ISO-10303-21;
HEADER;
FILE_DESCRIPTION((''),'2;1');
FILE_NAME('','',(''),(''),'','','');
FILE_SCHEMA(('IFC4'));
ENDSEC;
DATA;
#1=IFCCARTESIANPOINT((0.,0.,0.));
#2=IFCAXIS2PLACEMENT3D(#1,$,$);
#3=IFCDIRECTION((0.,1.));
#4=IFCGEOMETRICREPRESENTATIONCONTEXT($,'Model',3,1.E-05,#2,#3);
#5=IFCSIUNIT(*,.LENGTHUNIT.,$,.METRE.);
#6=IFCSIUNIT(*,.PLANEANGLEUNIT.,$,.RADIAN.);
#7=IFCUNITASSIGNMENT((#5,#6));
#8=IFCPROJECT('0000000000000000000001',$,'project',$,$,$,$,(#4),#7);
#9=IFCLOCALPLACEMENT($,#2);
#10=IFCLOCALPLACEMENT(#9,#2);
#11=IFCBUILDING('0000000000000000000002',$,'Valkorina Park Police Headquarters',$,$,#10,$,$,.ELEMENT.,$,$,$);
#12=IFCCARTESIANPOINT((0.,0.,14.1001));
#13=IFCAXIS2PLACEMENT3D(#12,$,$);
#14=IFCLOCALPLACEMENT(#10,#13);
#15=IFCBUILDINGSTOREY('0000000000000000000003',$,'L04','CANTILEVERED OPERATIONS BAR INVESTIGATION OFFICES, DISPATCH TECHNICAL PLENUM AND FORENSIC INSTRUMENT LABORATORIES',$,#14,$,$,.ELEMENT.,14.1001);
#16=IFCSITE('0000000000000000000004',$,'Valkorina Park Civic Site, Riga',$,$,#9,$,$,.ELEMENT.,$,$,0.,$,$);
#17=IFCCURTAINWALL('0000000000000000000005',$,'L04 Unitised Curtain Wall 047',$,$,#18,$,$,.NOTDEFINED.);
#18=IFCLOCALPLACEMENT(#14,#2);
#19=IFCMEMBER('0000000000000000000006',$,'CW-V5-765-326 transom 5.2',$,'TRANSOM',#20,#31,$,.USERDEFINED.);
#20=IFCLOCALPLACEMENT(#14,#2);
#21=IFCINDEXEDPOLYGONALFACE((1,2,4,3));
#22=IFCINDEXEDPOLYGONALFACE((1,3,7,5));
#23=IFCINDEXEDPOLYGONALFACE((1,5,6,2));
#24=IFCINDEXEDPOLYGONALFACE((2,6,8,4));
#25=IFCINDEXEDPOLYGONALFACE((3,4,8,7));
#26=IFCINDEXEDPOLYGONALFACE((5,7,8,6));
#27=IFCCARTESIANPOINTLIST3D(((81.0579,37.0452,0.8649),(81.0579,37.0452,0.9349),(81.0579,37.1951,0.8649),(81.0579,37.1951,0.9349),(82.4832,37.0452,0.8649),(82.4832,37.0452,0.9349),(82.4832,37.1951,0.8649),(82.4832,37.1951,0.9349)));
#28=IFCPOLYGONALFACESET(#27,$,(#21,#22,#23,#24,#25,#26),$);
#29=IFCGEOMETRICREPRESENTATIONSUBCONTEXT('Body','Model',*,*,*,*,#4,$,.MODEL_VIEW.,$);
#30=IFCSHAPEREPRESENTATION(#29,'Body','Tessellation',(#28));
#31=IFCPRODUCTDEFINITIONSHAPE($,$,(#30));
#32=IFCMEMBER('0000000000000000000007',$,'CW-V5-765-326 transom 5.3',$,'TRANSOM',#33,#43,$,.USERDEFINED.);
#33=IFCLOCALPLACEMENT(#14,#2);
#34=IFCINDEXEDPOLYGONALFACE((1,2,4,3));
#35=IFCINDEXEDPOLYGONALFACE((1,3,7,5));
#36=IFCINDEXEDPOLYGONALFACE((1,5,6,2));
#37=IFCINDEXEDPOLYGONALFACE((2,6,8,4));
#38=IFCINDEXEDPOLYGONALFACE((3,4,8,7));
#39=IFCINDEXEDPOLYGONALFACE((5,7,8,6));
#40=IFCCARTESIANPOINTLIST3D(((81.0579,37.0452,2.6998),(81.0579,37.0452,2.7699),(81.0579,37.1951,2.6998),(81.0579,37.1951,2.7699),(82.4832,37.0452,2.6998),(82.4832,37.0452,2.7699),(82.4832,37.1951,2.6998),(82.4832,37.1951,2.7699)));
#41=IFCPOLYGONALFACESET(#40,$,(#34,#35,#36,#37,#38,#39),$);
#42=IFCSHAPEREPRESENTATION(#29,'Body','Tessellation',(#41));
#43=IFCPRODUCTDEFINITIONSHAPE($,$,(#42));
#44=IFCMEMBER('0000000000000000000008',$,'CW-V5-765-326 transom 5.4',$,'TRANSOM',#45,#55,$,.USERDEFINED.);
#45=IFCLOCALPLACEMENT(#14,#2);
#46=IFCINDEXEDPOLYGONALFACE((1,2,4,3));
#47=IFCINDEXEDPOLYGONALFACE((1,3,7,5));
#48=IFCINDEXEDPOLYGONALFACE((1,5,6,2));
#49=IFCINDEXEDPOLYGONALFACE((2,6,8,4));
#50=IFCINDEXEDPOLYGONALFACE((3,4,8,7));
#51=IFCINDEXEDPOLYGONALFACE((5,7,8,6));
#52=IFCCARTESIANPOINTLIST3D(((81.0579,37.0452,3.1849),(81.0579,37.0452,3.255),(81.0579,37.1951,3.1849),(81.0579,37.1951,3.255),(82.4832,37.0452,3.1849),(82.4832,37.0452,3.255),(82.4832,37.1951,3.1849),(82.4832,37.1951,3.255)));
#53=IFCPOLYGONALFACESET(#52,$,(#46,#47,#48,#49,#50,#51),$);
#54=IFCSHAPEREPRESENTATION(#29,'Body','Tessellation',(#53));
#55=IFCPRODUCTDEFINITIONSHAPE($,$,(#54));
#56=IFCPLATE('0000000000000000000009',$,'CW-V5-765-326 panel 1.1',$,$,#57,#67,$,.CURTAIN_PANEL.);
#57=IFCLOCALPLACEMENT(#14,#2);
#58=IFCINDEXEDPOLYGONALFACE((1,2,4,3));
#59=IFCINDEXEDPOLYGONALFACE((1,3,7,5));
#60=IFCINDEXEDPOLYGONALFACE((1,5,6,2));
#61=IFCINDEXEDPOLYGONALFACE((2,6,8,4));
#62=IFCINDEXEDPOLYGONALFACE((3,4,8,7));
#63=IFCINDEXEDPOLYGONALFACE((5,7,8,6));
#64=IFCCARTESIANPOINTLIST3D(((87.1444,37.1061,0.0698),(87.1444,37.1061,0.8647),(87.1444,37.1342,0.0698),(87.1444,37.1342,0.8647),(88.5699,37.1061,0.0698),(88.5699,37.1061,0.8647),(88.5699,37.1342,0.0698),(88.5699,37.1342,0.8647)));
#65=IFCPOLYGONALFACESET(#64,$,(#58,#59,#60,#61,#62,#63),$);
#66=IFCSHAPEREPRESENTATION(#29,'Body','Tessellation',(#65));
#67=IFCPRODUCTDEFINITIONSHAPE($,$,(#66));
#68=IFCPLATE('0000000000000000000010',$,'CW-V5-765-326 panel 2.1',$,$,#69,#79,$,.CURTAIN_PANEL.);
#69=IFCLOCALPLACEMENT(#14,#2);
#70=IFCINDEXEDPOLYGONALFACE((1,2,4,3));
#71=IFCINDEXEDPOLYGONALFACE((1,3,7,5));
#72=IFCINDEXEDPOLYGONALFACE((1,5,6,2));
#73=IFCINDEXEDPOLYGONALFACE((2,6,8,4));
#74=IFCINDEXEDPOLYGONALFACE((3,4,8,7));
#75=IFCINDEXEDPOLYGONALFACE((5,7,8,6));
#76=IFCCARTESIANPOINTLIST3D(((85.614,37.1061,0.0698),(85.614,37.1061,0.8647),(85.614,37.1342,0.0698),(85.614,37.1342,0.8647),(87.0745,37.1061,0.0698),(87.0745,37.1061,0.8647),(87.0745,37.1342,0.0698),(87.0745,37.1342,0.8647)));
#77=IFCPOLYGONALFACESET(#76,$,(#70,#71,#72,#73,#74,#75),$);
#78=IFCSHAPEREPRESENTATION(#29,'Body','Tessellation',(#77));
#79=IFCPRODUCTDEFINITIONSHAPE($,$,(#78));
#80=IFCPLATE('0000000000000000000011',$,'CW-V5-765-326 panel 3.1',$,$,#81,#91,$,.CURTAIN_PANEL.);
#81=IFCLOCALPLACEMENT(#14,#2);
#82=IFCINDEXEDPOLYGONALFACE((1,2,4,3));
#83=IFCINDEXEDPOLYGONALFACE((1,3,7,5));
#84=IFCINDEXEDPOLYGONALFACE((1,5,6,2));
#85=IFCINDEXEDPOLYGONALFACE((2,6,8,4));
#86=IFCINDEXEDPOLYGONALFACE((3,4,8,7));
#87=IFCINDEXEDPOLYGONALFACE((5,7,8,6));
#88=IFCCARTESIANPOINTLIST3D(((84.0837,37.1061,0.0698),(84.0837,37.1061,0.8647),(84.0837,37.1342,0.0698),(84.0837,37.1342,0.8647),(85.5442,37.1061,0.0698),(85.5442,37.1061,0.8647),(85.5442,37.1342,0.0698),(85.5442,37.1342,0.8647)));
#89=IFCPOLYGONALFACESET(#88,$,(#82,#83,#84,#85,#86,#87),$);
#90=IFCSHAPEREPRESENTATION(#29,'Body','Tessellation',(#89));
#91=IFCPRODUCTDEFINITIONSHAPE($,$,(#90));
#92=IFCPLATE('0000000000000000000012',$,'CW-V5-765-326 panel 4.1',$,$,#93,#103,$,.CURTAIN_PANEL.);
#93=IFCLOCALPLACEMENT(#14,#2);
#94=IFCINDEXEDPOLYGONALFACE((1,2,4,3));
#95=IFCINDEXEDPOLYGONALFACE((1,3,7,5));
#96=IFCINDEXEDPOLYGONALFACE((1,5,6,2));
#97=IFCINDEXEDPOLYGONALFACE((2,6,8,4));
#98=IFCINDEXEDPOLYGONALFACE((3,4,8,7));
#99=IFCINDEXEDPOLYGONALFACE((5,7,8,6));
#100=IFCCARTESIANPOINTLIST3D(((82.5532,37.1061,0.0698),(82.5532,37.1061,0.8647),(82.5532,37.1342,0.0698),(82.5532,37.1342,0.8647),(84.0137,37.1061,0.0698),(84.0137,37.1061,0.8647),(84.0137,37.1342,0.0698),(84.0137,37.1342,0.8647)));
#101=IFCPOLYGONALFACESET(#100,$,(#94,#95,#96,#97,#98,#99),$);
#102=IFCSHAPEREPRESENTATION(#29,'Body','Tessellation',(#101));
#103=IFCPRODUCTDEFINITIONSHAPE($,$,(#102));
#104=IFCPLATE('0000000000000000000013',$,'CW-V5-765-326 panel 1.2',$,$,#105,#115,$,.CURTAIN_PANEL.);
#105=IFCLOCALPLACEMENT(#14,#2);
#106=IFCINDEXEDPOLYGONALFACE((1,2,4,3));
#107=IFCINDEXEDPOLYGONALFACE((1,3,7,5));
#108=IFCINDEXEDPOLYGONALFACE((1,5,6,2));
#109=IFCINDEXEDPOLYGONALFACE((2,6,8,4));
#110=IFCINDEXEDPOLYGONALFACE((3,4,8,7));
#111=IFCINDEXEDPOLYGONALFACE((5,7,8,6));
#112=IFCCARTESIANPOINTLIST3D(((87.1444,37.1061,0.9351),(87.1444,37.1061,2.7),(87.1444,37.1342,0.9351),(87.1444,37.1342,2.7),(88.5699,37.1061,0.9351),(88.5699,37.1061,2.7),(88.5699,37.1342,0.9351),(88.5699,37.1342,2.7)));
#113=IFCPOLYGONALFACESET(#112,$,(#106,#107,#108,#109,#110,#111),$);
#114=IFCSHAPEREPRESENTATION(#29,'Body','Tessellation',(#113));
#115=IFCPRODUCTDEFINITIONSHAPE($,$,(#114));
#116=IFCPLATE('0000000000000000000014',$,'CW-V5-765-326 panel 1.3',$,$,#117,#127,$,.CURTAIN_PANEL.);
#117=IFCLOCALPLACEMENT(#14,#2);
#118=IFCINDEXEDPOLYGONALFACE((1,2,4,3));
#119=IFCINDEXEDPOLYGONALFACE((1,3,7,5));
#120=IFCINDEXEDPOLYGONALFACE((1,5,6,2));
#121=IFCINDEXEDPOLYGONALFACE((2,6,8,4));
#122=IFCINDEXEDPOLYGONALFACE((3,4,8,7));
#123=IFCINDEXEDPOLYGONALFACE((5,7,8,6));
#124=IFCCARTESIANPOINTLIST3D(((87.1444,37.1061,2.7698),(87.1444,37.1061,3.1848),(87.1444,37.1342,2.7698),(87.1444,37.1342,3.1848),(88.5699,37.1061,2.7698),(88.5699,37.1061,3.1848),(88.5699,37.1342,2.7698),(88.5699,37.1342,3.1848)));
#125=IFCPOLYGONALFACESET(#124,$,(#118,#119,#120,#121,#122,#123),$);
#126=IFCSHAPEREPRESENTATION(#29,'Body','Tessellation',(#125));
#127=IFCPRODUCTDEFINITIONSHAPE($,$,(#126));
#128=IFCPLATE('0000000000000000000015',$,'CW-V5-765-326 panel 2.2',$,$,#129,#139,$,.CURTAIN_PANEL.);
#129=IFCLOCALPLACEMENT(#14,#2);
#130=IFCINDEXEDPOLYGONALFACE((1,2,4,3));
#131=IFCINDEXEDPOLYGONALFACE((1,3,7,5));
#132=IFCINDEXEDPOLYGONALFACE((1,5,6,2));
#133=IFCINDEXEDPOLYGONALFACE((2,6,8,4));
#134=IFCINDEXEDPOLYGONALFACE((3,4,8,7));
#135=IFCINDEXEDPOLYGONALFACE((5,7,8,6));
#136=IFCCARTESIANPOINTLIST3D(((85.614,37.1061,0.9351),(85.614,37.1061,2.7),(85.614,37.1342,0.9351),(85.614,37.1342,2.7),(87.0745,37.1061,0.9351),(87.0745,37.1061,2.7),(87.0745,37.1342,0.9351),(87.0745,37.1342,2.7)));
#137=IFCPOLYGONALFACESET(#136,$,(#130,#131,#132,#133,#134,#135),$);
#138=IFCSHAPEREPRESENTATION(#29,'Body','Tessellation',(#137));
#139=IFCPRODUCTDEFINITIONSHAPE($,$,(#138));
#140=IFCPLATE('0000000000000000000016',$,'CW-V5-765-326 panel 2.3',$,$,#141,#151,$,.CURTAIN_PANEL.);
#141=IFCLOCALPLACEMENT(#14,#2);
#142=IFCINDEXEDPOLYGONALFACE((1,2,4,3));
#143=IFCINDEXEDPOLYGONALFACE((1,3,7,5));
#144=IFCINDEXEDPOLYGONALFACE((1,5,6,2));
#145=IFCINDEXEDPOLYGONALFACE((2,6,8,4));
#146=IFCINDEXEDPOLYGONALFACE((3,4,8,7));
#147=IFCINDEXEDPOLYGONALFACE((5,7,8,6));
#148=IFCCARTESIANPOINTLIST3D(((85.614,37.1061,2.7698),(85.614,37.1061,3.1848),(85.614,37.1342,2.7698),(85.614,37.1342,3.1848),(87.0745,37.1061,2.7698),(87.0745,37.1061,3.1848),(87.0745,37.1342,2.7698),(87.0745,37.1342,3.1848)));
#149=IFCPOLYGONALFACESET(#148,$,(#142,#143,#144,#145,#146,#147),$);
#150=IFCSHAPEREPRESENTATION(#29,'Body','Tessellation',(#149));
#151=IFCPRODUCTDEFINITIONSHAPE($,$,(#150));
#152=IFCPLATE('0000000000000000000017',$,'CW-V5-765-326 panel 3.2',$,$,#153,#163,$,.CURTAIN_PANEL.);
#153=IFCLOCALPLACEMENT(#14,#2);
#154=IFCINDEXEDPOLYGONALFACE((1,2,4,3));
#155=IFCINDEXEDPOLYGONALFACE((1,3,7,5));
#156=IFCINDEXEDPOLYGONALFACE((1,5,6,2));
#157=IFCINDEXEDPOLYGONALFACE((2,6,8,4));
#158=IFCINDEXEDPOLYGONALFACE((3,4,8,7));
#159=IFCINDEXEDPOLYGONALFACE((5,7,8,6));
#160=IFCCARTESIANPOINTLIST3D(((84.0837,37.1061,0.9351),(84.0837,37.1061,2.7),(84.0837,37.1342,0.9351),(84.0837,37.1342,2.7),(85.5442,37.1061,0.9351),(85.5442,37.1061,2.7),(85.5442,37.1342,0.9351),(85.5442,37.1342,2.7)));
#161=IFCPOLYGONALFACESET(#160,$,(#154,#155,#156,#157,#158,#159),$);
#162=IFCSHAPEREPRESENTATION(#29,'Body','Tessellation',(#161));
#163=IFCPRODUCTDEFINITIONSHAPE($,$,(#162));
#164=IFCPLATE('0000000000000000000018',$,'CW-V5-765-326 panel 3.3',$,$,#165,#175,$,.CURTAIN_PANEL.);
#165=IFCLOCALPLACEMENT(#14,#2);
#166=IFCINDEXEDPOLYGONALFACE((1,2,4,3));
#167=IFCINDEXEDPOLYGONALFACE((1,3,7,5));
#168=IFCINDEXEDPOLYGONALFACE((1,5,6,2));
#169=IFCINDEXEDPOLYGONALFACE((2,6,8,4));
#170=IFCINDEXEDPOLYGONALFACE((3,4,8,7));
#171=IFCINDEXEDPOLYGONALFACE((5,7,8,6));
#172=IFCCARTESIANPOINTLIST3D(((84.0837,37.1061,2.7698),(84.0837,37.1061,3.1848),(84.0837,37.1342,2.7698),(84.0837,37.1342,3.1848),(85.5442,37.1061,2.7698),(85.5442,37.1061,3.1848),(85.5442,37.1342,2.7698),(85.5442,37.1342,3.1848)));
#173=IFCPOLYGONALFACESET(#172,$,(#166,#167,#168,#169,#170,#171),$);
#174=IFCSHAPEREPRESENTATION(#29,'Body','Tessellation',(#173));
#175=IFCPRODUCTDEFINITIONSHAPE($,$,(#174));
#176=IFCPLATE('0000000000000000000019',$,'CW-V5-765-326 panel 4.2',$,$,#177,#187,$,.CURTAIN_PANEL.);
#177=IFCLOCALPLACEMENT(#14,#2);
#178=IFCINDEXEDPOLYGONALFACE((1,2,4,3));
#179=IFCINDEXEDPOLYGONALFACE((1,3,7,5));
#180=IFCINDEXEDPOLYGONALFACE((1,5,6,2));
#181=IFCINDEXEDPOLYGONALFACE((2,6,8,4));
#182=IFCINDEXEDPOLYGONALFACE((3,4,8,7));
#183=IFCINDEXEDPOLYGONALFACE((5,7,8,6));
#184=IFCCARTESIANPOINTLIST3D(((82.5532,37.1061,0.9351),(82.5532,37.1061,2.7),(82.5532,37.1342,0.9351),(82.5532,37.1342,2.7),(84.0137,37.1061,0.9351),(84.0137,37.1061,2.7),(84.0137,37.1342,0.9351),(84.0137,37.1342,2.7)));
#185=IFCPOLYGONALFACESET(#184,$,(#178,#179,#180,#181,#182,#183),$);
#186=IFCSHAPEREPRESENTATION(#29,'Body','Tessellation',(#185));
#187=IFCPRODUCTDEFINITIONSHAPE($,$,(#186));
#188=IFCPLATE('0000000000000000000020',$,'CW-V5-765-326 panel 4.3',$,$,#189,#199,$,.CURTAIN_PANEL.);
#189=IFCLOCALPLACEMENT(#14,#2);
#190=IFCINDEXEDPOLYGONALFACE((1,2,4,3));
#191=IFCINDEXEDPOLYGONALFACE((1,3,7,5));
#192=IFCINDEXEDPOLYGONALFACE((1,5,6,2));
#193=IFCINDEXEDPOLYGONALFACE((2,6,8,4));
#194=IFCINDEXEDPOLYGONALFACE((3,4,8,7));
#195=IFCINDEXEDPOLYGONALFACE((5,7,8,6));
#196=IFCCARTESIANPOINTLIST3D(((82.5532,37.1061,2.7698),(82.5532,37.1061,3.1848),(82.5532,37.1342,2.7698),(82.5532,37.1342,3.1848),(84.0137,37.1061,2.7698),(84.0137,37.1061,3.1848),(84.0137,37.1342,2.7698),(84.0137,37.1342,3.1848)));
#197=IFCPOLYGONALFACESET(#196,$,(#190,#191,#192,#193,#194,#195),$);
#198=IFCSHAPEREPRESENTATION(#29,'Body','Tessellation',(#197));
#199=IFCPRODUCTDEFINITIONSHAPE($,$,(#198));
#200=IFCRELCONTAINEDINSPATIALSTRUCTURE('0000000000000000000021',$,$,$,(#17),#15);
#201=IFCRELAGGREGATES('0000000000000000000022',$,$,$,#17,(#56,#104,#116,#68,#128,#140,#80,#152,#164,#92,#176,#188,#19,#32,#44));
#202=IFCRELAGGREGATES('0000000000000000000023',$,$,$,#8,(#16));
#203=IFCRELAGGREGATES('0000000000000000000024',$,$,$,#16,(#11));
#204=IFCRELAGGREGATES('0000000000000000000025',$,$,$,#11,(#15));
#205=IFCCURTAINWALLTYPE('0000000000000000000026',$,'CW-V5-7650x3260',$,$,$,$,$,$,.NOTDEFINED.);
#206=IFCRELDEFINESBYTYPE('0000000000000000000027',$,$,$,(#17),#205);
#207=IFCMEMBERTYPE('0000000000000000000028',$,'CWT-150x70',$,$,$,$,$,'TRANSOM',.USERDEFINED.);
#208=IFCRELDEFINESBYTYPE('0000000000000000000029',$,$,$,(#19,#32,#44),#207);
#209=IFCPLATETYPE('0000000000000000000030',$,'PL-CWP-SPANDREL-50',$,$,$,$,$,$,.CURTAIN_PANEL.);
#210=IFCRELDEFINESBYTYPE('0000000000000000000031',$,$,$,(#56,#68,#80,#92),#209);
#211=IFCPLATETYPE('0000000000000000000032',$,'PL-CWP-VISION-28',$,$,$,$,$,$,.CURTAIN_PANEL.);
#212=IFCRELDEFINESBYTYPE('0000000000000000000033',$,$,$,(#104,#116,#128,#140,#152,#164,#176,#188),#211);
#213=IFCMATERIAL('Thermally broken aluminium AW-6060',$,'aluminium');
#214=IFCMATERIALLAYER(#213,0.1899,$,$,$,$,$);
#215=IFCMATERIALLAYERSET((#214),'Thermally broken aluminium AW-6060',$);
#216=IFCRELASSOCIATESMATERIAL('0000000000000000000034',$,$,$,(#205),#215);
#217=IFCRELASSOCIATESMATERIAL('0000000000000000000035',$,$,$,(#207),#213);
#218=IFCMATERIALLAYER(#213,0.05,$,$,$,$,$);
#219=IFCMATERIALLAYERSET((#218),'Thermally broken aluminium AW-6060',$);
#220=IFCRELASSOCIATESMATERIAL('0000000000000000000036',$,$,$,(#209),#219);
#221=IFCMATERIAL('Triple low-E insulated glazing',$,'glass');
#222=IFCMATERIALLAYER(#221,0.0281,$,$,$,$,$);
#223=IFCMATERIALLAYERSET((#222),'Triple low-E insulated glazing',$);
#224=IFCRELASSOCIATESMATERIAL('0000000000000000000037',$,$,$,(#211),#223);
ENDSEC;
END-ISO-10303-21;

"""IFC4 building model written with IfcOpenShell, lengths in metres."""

from ifc_helpers import new_model, si_unit, direction, frame, origin, origin_2d, place, context, subcontext, project, spatial, rectangle, extrude, material, layer, layer_set, material_profile, profile_set, type_object, element, aggregate, save


model = new_model("IFC4")

# Units and contexts
model_context = context("Model", 3, precision=1e-05, world=origin(), true_north=direction((0.0, 1.0)))
body_context = subcontext(model_context, "Body", "Model", "MODEL_VIEW")
ifc_project = project(units=[si_unit("LENGTHUNIT", "METRE"), si_unit("PLANEANGLEUNIT", "RADIAN")], contexts=[model_context])

# Site, building, storey
site_placement = place(None, origin())
site = spatial("IfcSite", under=ifc_project, at=site_placement, Name="Valkorina Park Civic Site, Riga", CompositionType="ELEMENT", RefElevation=0.0)
building_placement = place(site_placement, origin())
building = spatial("IfcBuilding", under=site, at=building_placement, Name="Valkorina Park Police Headquarters", CompositionType="ELEMENT")
storey_placement = place(building_placement, frame((0.0, 0.0, 14.1001)))
storey = spatial("IfcBuildingStorey", under=building, at=storey_placement, Name="L04", Description="CANTILEVERED OPERATIONS BAR INVESTIGATION OFFICES, DISPATCH TECHNICAL PLENUM AND FORENSIC INSTRUMENT LABORATORIES", CompositionType="ELEMENT", Elevation=14.1001)

# Curtain wall, members, plates
ifc_material_1 = material(Name="Thermally broken aluminium AW-6060", Category="aluminium")
ifc_layer_1 = layer(ifc_material_1, 0.1899)
ifc_layer_set_1 = layer_set([ifc_layer_1], Name="Thermally broken aluminium AW-6060")
curtain_wall_type = type_object("IfcCurtainWallType", Name="CW-V5-7650x3260", PredefinedType="NOTDEFINED", material=ifc_layer_set_1)
curtain_wall_placement = place(storey_placement, origin())
curtain_wall = element("IfcCurtainWall", 1, at=curtain_wall_placement, inside=storey, type_object=curtain_wall_type, Name="L04 Unitised Curtain Wall 047", PredefinedType="NOTDEFINED")
ifc_material_profile_1 = material_profile(ifc_material_1, rectangle(XDim=0.1499, YDim=0.0701, at=origin_2d()), Name="CWT-02 150x70")
ifc_profile_set_1 = profile_set([ifc_material_profile_1], Name="Thermally broken aluminium AW-6060")
member_type_1 = type_object("IfcMemberType", Name="CWT-150x70", ElementType="TRANSOM", PredefinedType="USERDEFINED", material=ifc_profile_set_1)
member_1_placement = place(storey_placement, frame((82.4832, 37.1201, 0.8999), z_axis=(-1.0, 0.0, 0.0), x_axis=(0.0, -1.0, 0.0)))
member_1 = element("IfcMember", 2, at=member_1_placement, type_object=member_type_1, Name="CW-V5-765-326 transom 5.2", ObjectType="TRANSOM", PredefinedType="USERDEFINED", context=body_context, shape_type="SweptSolid", body=[
    extrude(rectangle(XDim=0.1499, YDim=0.0701, at=origin_2d()), origin(), (0.0, 0.0, 1.0), 1.4253),
])
member_2_placement = place(storey_placement, frame((82.4832, 37.1201, 2.7349), z_axis=(-1.0, 0.0, 0.0), x_axis=(0.0, -1.0, 0.0)))
member_2 = element("IfcMember", 3, at=member_2_placement, type_object=member_type_1, Name="CW-V5-765-326 transom 5.3", ObjectType="TRANSOM", PredefinedType="USERDEFINED", context=body_context, shape_type="SweptSolid", body=[
    extrude(rectangle(XDim=0.1499, YDim=0.0701, at=origin_2d()), origin(), (0.0, 0.0, 1.0), 1.4253),
])
member_3_placement = place(storey_placement, frame((82.4832, 37.1201, 3.22), z_axis=(-1.0, 0.0, 0.0), x_axis=(0.0, -1.0, 0.0)))
member_3 = element("IfcMember", 4, at=member_3_placement, type_object=member_type_1, Name="CW-V5-765-326 transom 5.4", ObjectType="TRANSOM", PredefinedType="USERDEFINED", context=body_context, shape_type="SweptSolid", body=[
    extrude(rectangle(XDim=0.1499, YDim=0.0701, at=origin_2d()), origin(), (0.0, 0.0, 1.0), 1.4253),
])
ifc_layer_2 = layer(ifc_material_1, 0.05)
ifc_layer_set_2 = layer_set([ifc_layer_2], Name="Thermally broken aluminium AW-6060")
plate_type_1 = type_object("IfcPlateType", Name="PL-CWP-SPANDREL-50", PredefinedType="CURTAIN_PANEL", material=ifc_layer_set_2)
plate_1_placement = place(storey_placement, frame((87.8572, 37.1201, 0.0698), z_axis=(0.0, 0.0, 1.0), x_axis=(-1.0, 0.0, 0.0)))
plate_1 = element("IfcPlate", 5, at=plate_1_placement, type_object=plate_type_1, Name="CW-V5-765-326 panel 1.1", PredefinedType="CURTAIN_PANEL", context=body_context, shape_type="SweptSolid", body=[
    extrude(rectangle(XDim=1.4255, YDim=0.0281, at=origin_2d()), origin(), (0.0, 0.0, 1.0), 0.7949),
])
plate_2_placement = place(storey_placement, frame((86.3442, 37.1201, 0.0698), z_axis=(0.0, 0.0, 1.0), x_axis=(-1.0, 0.0, 0.0)))
plate_2 = element("IfcPlate", 6, at=plate_2_placement, type_object=plate_type_1, Name="CW-V5-765-326 panel 2.1", PredefinedType="CURTAIN_PANEL", context=body_context, shape_type="SweptSolid", body=[
    extrude(rectangle(XDim=1.4604, YDim=0.0281, at=origin_2d()), origin(), (0.0, 0.0, 1.0), 0.7949),
])
plate_3_placement = place(storey_placement, frame((84.814, 37.1201, 0.0698), z_axis=(0.0, 0.0, 1.0), x_axis=(-1.0, 0.0, 0.0)))
plate_3 = element("IfcPlate", 7, at=plate_3_placement, type_object=plate_type_1, Name="CW-V5-765-326 panel 3.1", PredefinedType="CURTAIN_PANEL", context=body_context, shape_type="SweptSolid", body=[
    extrude(rectangle(XDim=1.4604, YDim=0.0281, at=origin_2d()), origin(), (0.0, 0.0, 1.0), 0.7949),
])
plate_4_placement = place(storey_placement, frame((83.2834, 37.1201, 0.0698), z_axis=(0.0, 0.0, 1.0), x_axis=(-1.0, 0.0, 0.0)))
plate_4 = element("IfcPlate", 8, at=plate_4_placement, type_object=plate_type_1, Name="CW-V5-765-326 panel 4.1", PredefinedType="CURTAIN_PANEL", context=body_context, shape_type="SweptSolid", body=[
    extrude(rectangle(XDim=1.4604, YDim=0.0281, at=origin_2d()), origin(), (0.0, 0.0, 1.0), 0.7949),
])
ifc_material_2 = material(Name="Triple low-E insulated glazing", Category="glass")
ifc_layer_3 = layer(ifc_material_2, 0.0281)
ifc_layer_set_3 = layer_set([ifc_layer_3], Name="Triple low-E insulated glazing")
plate_type_2 = type_object("IfcPlateType", Name="PL-CWP-VISION-28", PredefinedType="CURTAIN_PANEL", material=ifc_layer_set_3)
plate_5_placement = place(storey_placement, frame((87.8572, 37.1201, 0.9351), z_axis=(0.0, 0.0, 1.0), x_axis=(-1.0, 0.0, 0.0)))
plate_5 = element("IfcPlate", 9, at=plate_5_placement, type_object=plate_type_2, Name="CW-V5-765-326 panel 1.2", PredefinedType="CURTAIN_PANEL", context=body_context, shape_type="SweptSolid", body=[
    extrude(rectangle(XDim=1.4255, YDim=0.0281, at=origin_2d()), origin(), (0.0, 0.0, 1.0), 1.7649),
])
plate_6_placement = place(storey_placement, frame((87.8572, 37.1201, 2.7698), z_axis=(0.0, 0.0, 1.0), x_axis=(-1.0, 0.0, 0.0)))
plate_6 = element("IfcPlate", 10, at=plate_6_placement, type_object=plate_type_2, Name="CW-V5-765-326 panel 1.3", PredefinedType="CURTAIN_PANEL", context=body_context, shape_type="SweptSolid", body=[
    extrude(rectangle(XDim=1.4255, YDim=0.0281, at=origin_2d()), origin(), (0.0, 0.0, 1.0), 0.415),
])
plate_7_placement = place(storey_placement, frame((86.3442, 37.1201, 0.9351), z_axis=(0.0, 0.0, 1.0), x_axis=(-1.0, 0.0, 0.0)))
plate_7 = element("IfcPlate", 11, at=plate_7_placement, type_object=plate_type_2, Name="CW-V5-765-326 panel 2.2", PredefinedType="CURTAIN_PANEL", context=body_context, shape_type="SweptSolid", body=[
    extrude(rectangle(XDim=1.4604, YDim=0.0281, at=origin_2d()), origin(), (0.0, 0.0, 1.0), 1.7649),
])
plate_8_placement = place(storey_placement, frame((86.3442, 37.1201, 2.7698), z_axis=(0.0, 0.0, 1.0), x_axis=(-1.0, 0.0, 0.0)))
plate_8 = element("IfcPlate", 12, at=plate_8_placement, type_object=plate_type_2, Name="CW-V5-765-326 panel 2.3", PredefinedType="CURTAIN_PANEL", context=body_context, shape_type="SweptSolid", body=[
    extrude(rectangle(XDim=1.4604, YDim=0.0281, at=origin_2d()), origin(), (0.0, 0.0, 1.0), 0.415),
])
plate_9_placement = place(storey_placement, frame((84.814, 37.1201, 0.9351), z_axis=(0.0, 0.0, 1.0), x_axis=(-1.0, 0.0, 0.0)))
plate_9 = element("IfcPlate", 13, at=plate_9_placement, type_object=plate_type_2, Name="CW-V5-765-326 panel 3.2", PredefinedType="CURTAIN_PANEL", context=body_context, shape_type="SweptSolid", body=[
    extrude(rectangle(XDim=1.4604, YDim=0.0281, at=origin_2d()), origin(), (0.0, 0.0, 1.0), 1.7649),
])
plate_10_placement = place(storey_placement, frame((84.814, 37.1201, 2.7698), z_axis=(0.0, 0.0, 1.0), x_axis=(-1.0, 0.0, 0.0)))
plate_10 = element("IfcPlate", 14, at=plate_10_placement, type_object=plate_type_2, Name="CW-V5-765-326 panel 3.3", PredefinedType="CURTAIN_PANEL", context=body_context, shape_type="SweptSolid", body=[
    extrude(rectangle(XDim=1.4604, YDim=0.0281, at=origin_2d()), origin(), (0.0, 0.0, 1.0), 0.415),
])
plate_11_placement = place(storey_placement, frame((83.2834, 37.1201, 0.9351), z_axis=(0.0, 0.0, 1.0), x_axis=(-1.0, 0.0, 0.0)))
plate_11 = element("IfcPlate", 15, at=plate_11_placement, type_object=plate_type_2, Name="CW-V5-765-326 panel 4.2", PredefinedType="CURTAIN_PANEL", context=body_context, shape_type="SweptSolid", body=[
    extrude(rectangle(XDim=1.4604, YDim=0.0281, at=origin_2d()), origin(), (0.0, 0.0, 1.0), 1.7649),
])
plate_12_placement = place(storey_placement, frame((83.2834, 37.1201, 2.7698), z_axis=(0.0, 0.0, 1.0), x_axis=(-1.0, 0.0, 0.0)))
plate_12 = element("IfcPlate", 16, at=plate_12_placement, type_object=plate_type_2, Name="CW-V5-765-326 panel 4.3", PredefinedType="CURTAIN_PANEL", context=body_context, shape_type="SweptSolid", body=[
    extrude(rectangle(XDim=1.4604, YDim=0.0281, at=origin_2d()), origin(), (0.0, 0.0, 1.0), 0.415),
])
aggregate(curtain_wall, [plate_1, plate_5, plate_6, plate_2, plate_7, plate_8, plate_3, plate_9, plate_10, plate_4, plate_11, plate_12, member_1, member_2, member_3])

save(model, "model.ifc")
